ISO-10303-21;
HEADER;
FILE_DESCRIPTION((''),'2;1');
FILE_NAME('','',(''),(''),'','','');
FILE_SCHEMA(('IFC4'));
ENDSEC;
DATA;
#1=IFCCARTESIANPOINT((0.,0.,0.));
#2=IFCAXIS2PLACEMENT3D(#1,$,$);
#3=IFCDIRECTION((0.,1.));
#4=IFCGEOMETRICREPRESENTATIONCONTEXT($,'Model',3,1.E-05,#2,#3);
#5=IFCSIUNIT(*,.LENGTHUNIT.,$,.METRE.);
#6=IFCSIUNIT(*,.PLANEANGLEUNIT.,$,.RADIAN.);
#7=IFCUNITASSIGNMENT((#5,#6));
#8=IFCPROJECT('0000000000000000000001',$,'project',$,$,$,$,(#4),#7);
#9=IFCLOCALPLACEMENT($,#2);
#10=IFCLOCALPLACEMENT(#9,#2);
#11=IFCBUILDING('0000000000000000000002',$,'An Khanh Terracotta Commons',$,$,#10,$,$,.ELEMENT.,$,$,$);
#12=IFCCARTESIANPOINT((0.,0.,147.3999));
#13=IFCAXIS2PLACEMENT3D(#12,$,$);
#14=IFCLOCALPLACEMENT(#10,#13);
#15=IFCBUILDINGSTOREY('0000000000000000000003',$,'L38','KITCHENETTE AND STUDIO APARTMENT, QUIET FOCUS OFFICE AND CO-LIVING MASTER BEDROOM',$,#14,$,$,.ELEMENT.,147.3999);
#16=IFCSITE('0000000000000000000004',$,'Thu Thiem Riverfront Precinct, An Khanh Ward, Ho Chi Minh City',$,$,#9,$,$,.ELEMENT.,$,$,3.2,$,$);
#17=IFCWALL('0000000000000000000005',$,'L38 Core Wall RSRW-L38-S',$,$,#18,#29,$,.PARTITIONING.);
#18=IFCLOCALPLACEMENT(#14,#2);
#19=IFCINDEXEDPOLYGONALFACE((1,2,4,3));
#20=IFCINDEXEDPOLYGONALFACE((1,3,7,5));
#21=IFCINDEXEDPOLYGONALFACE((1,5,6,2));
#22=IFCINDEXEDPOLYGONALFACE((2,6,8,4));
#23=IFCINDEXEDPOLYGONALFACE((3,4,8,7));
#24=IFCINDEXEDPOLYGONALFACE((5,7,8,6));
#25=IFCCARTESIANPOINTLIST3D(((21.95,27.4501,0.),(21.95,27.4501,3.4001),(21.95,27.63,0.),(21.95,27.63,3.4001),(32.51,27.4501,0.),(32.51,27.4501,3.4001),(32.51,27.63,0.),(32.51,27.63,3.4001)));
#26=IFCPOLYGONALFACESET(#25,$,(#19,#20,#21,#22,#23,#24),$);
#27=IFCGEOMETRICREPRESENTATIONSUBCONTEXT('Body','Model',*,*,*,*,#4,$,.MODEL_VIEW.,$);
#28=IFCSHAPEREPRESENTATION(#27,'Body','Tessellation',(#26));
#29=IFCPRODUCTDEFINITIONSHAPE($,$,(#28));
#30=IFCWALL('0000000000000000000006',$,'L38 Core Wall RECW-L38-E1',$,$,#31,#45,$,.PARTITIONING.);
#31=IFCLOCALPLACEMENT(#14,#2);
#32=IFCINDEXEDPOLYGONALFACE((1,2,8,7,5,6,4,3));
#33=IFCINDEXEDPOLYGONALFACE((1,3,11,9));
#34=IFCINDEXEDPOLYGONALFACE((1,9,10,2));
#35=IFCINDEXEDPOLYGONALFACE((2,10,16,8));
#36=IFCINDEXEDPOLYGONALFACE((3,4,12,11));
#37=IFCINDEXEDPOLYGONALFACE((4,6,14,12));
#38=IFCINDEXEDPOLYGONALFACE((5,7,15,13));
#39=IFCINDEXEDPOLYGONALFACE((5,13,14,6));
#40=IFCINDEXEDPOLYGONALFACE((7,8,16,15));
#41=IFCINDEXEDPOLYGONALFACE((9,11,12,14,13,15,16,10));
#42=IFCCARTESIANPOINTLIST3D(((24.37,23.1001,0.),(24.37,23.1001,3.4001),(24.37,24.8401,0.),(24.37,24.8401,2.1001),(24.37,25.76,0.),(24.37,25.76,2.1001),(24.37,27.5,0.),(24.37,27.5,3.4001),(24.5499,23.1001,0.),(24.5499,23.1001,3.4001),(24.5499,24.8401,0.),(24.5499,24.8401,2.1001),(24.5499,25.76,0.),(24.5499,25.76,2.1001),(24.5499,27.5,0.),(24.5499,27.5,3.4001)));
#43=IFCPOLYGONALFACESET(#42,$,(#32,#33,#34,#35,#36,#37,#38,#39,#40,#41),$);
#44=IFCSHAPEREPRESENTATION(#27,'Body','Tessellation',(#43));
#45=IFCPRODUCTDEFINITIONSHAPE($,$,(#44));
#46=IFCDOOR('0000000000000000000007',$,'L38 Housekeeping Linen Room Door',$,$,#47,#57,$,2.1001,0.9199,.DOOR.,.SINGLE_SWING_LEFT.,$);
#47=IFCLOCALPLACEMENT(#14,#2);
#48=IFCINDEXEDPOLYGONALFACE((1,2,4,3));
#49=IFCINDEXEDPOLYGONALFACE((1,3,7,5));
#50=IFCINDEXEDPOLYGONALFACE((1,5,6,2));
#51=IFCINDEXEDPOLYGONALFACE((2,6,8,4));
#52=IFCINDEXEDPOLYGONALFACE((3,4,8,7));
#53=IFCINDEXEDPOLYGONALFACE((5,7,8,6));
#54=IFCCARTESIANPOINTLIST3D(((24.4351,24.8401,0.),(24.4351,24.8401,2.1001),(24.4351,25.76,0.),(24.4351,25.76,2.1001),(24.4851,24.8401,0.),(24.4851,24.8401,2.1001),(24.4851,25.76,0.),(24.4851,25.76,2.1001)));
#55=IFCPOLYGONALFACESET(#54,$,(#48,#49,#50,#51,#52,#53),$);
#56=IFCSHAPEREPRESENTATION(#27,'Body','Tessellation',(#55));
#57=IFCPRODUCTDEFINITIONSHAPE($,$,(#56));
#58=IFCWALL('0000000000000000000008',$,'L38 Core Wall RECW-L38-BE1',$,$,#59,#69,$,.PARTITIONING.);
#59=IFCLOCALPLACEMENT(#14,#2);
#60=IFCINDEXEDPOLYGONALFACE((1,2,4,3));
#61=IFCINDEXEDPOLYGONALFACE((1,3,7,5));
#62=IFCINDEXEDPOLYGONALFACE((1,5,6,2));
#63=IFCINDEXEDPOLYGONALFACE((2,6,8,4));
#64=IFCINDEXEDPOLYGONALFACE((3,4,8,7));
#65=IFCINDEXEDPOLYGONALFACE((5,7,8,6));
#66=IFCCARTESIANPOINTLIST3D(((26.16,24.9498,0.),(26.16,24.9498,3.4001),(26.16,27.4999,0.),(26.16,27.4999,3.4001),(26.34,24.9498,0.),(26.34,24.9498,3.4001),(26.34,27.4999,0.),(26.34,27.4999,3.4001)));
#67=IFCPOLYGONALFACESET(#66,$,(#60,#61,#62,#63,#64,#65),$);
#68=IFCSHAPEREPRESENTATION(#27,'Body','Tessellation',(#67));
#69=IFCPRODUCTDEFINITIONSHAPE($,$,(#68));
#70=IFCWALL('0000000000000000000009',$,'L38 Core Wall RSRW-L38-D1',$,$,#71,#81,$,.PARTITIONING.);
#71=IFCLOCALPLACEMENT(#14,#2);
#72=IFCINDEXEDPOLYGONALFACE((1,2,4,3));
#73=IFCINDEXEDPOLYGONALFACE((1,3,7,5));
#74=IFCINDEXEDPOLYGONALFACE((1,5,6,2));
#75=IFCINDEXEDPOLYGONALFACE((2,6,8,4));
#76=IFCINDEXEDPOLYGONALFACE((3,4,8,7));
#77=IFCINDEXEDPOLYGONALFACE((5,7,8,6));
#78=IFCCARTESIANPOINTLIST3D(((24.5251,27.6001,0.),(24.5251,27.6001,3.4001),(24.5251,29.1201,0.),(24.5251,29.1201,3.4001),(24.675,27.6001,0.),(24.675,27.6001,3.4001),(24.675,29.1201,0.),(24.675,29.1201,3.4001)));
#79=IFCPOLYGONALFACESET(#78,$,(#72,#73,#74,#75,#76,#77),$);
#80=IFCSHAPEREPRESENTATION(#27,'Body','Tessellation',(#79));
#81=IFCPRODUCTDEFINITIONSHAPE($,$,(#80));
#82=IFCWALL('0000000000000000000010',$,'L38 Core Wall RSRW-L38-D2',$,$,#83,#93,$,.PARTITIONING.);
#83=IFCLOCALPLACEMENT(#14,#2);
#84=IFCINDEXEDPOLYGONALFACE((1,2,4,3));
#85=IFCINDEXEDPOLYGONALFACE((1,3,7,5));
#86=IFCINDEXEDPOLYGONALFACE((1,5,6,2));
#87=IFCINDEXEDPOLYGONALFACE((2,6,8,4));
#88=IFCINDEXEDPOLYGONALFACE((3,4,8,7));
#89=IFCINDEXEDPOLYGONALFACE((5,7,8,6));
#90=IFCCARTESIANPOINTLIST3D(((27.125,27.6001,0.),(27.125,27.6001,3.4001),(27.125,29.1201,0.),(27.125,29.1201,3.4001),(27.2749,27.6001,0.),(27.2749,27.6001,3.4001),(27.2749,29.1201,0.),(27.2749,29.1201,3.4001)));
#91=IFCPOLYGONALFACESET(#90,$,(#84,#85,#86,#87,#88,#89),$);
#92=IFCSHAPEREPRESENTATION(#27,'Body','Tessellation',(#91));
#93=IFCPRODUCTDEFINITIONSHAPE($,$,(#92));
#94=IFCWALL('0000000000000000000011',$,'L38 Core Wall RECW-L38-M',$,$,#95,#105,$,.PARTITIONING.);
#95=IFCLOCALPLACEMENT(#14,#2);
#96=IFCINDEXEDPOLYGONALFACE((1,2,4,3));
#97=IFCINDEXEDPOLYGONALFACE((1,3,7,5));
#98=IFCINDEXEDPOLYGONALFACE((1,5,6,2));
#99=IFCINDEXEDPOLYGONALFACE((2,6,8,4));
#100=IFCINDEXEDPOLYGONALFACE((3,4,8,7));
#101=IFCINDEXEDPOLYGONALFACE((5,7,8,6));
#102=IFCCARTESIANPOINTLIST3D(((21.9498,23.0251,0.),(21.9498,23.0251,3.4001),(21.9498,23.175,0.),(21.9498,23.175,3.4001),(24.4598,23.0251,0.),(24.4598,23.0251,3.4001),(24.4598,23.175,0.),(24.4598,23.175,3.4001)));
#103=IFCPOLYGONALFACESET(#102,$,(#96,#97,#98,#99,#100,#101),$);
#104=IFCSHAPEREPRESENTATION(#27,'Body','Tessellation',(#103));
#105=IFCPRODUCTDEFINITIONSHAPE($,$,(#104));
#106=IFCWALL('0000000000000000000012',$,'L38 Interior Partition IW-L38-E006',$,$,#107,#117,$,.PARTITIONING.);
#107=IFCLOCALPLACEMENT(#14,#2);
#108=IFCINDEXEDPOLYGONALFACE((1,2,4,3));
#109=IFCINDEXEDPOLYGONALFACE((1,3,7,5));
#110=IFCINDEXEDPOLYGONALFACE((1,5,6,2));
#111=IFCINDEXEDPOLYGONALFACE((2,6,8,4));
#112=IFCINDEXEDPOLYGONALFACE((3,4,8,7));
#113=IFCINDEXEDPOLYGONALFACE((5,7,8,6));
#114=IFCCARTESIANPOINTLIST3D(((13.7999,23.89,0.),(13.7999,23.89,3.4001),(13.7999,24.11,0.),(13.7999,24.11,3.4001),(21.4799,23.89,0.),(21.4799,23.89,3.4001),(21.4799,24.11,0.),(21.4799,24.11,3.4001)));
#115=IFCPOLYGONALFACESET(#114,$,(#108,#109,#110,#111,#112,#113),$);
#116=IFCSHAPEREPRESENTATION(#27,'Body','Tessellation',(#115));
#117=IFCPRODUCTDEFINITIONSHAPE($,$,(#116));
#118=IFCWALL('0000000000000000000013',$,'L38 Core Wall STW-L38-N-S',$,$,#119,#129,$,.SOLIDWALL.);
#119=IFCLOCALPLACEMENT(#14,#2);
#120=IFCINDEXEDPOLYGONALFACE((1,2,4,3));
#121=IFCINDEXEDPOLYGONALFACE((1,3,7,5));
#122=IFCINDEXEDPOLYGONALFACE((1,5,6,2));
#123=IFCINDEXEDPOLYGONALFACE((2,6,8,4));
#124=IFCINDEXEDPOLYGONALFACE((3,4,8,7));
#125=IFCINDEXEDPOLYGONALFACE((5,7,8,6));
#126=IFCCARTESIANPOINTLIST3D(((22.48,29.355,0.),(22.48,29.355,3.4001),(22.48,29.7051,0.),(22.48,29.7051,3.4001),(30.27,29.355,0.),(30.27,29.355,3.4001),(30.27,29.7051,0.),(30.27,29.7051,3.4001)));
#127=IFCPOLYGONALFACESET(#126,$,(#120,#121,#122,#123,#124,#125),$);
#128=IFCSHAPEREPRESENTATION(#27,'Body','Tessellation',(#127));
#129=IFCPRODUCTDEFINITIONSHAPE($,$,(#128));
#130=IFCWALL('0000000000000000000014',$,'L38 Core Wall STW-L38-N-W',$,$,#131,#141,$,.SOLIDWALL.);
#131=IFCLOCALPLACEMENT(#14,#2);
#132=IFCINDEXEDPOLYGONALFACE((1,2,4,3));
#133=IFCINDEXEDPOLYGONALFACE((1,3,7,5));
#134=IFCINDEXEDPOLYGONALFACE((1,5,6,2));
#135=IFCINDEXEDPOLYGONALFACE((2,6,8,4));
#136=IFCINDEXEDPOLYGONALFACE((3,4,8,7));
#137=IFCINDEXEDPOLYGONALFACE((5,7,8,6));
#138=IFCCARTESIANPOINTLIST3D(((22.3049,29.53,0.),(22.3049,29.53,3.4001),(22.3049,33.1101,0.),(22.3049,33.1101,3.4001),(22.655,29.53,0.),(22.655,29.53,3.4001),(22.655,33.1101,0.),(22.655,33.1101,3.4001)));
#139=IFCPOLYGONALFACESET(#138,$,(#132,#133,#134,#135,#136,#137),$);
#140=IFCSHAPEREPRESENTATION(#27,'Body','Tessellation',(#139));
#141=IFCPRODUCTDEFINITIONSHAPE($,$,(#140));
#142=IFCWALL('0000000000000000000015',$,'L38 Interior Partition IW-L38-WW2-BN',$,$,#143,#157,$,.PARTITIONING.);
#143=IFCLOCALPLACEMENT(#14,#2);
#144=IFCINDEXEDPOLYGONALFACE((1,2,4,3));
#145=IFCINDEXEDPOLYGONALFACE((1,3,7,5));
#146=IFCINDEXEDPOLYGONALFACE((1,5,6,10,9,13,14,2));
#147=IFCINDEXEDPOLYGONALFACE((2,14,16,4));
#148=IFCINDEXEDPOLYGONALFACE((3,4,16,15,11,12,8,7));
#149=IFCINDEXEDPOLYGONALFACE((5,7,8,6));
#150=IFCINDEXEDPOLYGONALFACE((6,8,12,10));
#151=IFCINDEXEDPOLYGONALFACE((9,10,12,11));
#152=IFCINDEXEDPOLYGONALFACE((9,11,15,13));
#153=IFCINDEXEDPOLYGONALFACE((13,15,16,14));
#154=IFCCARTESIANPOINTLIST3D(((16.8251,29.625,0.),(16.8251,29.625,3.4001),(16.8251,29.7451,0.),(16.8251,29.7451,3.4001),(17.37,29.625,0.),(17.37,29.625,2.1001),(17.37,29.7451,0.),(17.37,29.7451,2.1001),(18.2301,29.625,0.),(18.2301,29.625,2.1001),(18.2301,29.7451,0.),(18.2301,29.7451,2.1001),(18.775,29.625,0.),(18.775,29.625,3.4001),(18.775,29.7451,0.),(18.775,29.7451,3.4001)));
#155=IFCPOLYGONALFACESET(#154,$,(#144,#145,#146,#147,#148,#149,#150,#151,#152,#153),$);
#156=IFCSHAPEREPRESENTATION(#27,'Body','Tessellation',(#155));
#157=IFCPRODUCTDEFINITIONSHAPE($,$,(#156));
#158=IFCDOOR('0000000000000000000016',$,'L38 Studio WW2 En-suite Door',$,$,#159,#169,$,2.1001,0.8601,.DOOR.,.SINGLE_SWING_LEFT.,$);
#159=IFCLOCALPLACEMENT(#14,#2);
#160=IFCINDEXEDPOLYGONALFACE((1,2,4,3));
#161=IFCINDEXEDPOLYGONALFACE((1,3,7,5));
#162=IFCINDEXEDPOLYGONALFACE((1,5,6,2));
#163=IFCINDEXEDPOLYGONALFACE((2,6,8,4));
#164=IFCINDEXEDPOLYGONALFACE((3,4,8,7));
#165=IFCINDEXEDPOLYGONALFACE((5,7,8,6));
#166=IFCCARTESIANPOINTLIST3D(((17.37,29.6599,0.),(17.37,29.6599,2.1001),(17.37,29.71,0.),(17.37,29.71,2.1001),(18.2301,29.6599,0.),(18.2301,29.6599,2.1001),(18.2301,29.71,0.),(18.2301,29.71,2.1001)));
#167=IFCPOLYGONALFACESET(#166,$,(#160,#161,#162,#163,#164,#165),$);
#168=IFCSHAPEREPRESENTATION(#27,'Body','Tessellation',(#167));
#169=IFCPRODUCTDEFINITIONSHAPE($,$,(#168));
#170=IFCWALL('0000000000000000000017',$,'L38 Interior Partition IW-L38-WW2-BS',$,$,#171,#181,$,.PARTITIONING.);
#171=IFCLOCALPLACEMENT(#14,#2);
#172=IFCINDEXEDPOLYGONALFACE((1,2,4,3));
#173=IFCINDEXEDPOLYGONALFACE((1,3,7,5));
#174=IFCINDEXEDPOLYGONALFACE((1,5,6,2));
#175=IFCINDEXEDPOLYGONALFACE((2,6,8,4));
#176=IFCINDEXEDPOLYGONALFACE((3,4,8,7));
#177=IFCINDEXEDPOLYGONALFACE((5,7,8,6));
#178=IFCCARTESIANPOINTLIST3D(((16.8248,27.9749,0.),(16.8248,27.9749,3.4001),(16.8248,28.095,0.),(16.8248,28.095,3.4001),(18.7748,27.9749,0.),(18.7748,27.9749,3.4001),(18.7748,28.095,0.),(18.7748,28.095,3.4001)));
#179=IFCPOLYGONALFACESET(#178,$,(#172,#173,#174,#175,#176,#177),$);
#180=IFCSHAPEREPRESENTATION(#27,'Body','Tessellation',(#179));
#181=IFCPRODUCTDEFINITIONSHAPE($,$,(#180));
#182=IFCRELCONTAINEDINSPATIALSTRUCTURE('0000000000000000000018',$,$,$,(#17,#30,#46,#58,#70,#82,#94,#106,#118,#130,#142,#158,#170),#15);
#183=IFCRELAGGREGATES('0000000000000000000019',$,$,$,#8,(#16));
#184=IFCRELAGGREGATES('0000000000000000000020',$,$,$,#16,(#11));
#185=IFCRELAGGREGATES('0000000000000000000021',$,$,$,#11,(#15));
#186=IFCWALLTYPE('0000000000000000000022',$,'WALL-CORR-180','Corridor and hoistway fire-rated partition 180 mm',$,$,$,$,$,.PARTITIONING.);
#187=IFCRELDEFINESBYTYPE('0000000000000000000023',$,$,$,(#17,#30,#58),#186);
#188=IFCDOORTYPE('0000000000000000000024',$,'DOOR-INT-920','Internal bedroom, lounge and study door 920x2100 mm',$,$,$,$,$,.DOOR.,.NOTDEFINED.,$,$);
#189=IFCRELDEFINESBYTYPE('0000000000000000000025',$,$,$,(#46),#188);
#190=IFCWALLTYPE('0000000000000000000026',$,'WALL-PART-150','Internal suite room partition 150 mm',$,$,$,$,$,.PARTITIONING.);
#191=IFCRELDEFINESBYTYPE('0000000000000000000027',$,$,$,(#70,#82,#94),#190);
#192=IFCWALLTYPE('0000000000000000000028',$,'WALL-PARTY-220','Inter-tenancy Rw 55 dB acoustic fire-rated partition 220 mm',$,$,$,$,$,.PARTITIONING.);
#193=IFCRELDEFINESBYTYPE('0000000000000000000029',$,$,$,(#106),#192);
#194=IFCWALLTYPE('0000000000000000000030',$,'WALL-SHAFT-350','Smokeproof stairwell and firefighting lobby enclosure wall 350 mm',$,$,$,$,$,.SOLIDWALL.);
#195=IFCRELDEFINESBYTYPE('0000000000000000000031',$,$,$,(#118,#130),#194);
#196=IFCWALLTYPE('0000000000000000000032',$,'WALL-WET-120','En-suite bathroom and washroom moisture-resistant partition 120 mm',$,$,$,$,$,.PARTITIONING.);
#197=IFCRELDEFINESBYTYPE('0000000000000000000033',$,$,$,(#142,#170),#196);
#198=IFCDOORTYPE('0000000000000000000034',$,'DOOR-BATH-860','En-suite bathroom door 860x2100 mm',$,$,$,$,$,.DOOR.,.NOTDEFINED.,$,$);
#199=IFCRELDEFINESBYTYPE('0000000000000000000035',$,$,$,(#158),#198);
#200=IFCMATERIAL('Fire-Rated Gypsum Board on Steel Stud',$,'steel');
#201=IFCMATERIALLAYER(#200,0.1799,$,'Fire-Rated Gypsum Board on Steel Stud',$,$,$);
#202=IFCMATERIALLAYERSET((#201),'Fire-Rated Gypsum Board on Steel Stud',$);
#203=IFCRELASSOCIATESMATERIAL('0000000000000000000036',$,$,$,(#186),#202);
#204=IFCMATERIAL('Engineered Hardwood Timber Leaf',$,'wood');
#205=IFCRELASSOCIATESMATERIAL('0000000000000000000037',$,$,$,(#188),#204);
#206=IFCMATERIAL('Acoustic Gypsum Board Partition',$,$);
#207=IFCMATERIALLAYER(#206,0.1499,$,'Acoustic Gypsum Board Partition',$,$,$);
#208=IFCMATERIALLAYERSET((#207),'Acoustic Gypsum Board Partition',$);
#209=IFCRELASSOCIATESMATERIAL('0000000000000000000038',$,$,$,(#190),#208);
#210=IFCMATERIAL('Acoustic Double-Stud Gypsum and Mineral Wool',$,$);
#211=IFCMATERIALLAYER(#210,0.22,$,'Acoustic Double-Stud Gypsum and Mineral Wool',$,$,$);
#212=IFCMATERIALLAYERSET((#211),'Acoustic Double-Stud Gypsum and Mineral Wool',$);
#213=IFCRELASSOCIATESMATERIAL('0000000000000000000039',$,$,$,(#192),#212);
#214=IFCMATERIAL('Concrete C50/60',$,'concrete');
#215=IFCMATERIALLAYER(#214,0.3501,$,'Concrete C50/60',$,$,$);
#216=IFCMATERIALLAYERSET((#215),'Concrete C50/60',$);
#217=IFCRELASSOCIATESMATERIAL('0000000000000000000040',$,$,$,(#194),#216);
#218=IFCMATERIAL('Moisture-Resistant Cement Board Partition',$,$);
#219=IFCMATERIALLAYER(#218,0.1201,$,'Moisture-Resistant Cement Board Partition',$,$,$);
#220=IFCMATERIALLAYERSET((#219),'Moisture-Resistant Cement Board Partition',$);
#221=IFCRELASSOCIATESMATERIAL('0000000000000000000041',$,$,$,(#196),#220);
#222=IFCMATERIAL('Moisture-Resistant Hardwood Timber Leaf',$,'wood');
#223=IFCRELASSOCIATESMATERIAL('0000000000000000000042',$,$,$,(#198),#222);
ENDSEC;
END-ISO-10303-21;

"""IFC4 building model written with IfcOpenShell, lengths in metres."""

from ifc_helpers import new_model, si_unit, direction, frame, frame_2d, origin, place, context, subcontext, project, spatial, rectangle, extrude, material, layer, layer_set, type_object, element, fill, save


model = new_model("IFC4")

# Units and contexts
model_context = context("Model", 3, precision=1e-05, world=origin(), true_north=direction((0.0, 1.0)))
body_context = subcontext(model_context, "Body", "Model", "MODEL_VIEW")
ifc_project = project(units=[si_unit("LENGTHUNIT", "METRE"), si_unit("PLANEANGLEUNIT", "RADIAN")], contexts=[model_context])

# Site, building, storey
site_placement = place(None, origin())
site = spatial("IfcSite", under=ifc_project, at=site_placement, Name="Thu Thiem Riverfront Precinct, An Khanh Ward, Ho Chi Minh City", CompositionType="ELEMENT", RefElevation=3.2)
building_placement = place(site_placement, origin())
building = spatial("IfcBuilding", under=site, at=building_placement, Name="An Khanh Terracotta Commons", CompositionType="ELEMENT")
storey_placement = place(building_placement, frame((0.0, 0.0, 147.3999)))
storey = spatial("IfcBuildingStorey", under=building, at=storey_placement, Name="L38", Description="KITCHENETTE AND STUDIO APARTMENT, QUIET FOCUS OFFICE AND CO-LIVING MASTER BEDROOM", CompositionType="ELEMENT", Elevation=147.3999)

# Wall
ifc_material_1 = material(Name="Fire-Rated Gypsum Board on Steel Stud", Category="steel")
ifc_layer_1 = layer(ifc_material_1, 0.1799, Name="Fire-Rated Gypsum Board on Steel Stud")
ifc_layer_set_1 = layer_set([ifc_layer_1], Name="Fire-Rated Gypsum Board on Steel Stud")
wall_type_1 = type_object("IfcWallType", Name="WALL-CORR-180", Description="Corridor and hoistway fire-rated partition 180 mm", PredefinedType="PARTITIONING", material=ifc_layer_set_1)
wall_1_placement = place(storey_placement, frame((21.95, 27.54, 0.0), z_axis=(0.0, 0.0, 1.0), x_axis=(1.0, 0.0, 0.0)))
element("IfcWall", 1, at=wall_1_placement, inside=storey, type_object=wall_type_1, Name="L38 Core Wall RSRW-L38-S", PredefinedType="PARTITIONING", context=body_context, shape_type="SweptSolid", body=[
    extrude(rectangle(XDim=10.5601, YDim=0.1799, at=frame_2d((5.28, 0.0))), origin(), (0.0, 0.0, 1.0), 3.4001),
])

# Wall, opening, door
wall_2_placement = place(storey_placement, frame((24.46, 23.1001, 0.0), z_axis=(0.0, 0.0, 1.0), x_axis=(0.0, 1.0, 0.0)))
wall_2 = element("IfcWall", 2, at=wall_2_placement, inside=storey, type_object=wall_type_1, Name="L38 Core Wall RECW-L38-E1", PredefinedType="PARTITIONING", context=body_context, shape_type="SweptSolid", body=[
    extrude(rectangle(XDim=4.3999, YDim=0.1799, at=frame_2d((2.2, 0.0))), origin(), (0.0, 0.0, 1.0), 3.4001),
])
opening_1_placement = place(wall_2_placement, frame((1.74, 0.0, 0.0)))
opening_1 = element("IfcOpeningElement", 3, at=opening_1_placement, cuts=wall_2, PredefinedType="OPENING", context=body_context, shape_type="SweptSolid", body=[
    extrude(rectangle(XDim=0.9199, YDim=2.1001, at=frame_2d((0.46, 1.05))), frame((0.0, 0.0999, 0.0), z_axis=(0.0, -1.0, 0.0), x_axis=(1.0, 0.0, 0.0)), (0.0, 0.0, 1.0), 0.2),
])
ifc_material_2 = material(Name="Engineered Hardwood Timber Leaf", Category="wood")
door_type_1 = type_object("IfcDoorType", Name="DOOR-INT-920", Description="Internal bedroom, lounge and study door 920x2100 mm", OperationType="NOTDEFINED", PredefinedType="DOOR", material=ifc_material_2)
door_1_placement = place(opening_1_placement, origin())
door_1 = element("IfcDoor", 4, at=door_1_placement, inside=storey, type_object=door_type_1, Name="L38 Housekeeping Linen Room Door", OperationType="SINGLE_SWING_LEFT", OverallHeight=2.1001, OverallWidth=0.9199, PredefinedType="DOOR", context=body_context, shape_type="SweptSolid", body=[
    extrude(rectangle(XDim=0.9199, YDim=2.1001, at=frame_2d((0.46, 1.05))), frame((0.0, 0.0249, 0.0), z_axis=(0.0, -1.0, 0.0), x_axis=(1.0, 0.0, 0.0)), (0.0, 0.0, 1.0), 0.05),
])
fill(opening_1, door_1)

# Walls
wall_3_placement = place(storey_placement, frame((26.25, 24.95, 0.0), z_axis=(0.0, 0.0, 1.0), x_axis=(0.0, 1.0, 0.0)))
element("IfcWall", 5, at=wall_3_placement, inside=storey, type_object=wall_type_1, Name="L38 Core Wall RECW-L38-BE1", PredefinedType="PARTITIONING", context=body_context, shape_type="SweptSolid", body=[
    extrude(rectangle(XDim=2.55, YDim=0.1799, at=frame_2d((1.2749, 0.0))), origin(), (0.0, 0.0, 1.0), 3.4001),
])
ifc_material_3 = material(Name="Acoustic Gypsum Board Partition")
ifc_layer_2 = layer(ifc_material_3, 0.1499, Name="Acoustic Gypsum Board Partition")
ifc_layer_set_2 = layer_set([ifc_layer_2], Name="Acoustic Gypsum Board Partition")
wall_type_2 = type_object("IfcWallType", Name="WALL-PART-150", Description="Internal suite room partition 150 mm", PredefinedType="PARTITIONING", material=ifc_layer_set_2)
for number, where, z_axis, x_axis, name in (
    (6, (24.6001, 27.6001, 0.0), (0.0, 0.0, 1.0), (0.0, 1.0, 0.0), "L38 Core Wall RSRW-L38-D1"),
    (7, (27.2, 27.6001, 0.0), (0.0, 0.0, 1.0), (0.0, 1.0, 0.0), "L38 Core Wall RSRW-L38-D2"),
):
    element("IfcWall", number, at=place(storey_placement, frame(where, z_axis=z_axis, x_axis=x_axis)), inside=storey, type_object=wall_type_2, Name=name, PredefinedType="PARTITIONING", context=body_context, shape_type="SweptSolid", body=[
        extrude(rectangle(XDim=1.52, YDim=0.1499, at=frame_2d((0.76, 0.0))), origin(), (0.0, 0.0, 1.0), 3.4001),
    ])
wall_4_placement = place(storey_placement, frame((21.95, 23.1001, 0.0), z_axis=(0.0, 0.0, 1.0), x_axis=(1.0, 0.0, 0.0)))
element("IfcWall", 8, at=wall_4_placement, inside=storey, type_object=wall_type_2, Name="L38 Core Wall RECW-L38-M", PredefinedType="PARTITIONING", context=body_context, shape_type="SweptSolid", body=[
    extrude(rectangle(XDim=2.51, YDim=0.1499, at=frame_2d((1.2549, 0.0))), origin(), (0.0, 0.0, 1.0), 3.4001),
])
ifc_material_4 = material(Name="Acoustic Double-Stud Gypsum and Mineral Wool")
ifc_layer_3 = layer(ifc_material_4, 0.22, Name="Acoustic Double-Stud Gypsum and Mineral Wool")
ifc_layer_set_3 = layer_set([ifc_layer_3], Name="Acoustic Double-Stud Gypsum and Mineral Wool")
wall_type_3 = type_object("IfcWallType", Name="WALL-PARTY-220", Description="Inter-tenancy Rw 55 dB acoustic fire-rated partition 220 mm", PredefinedType="PARTITIONING", material=ifc_layer_set_3)
wall_5_placement = place(storey_placement, frame((13.8, 24.0, 0.0), z_axis=(0.0, 0.0, 1.0), x_axis=(1.0, 0.0, 0.0)))
element("IfcWall", 9, at=wall_5_placement, inside=storey, type_object=wall_type_3, Name="L38 Interior Partition IW-L38-E006", PredefinedType="PARTITIONING", context=body_context, shape_type="SweptSolid", body=[
    extrude(rectangle(XDim=7.6799, YDim=0.22, at=frame_2d((3.8398, 0.0))), origin(), (0.0, 0.0, 1.0), 3.4001),
])
ifc_material_5 = material(Name="Concrete C50/60", Category="concrete")
ifc_layer_4 = layer(ifc_material_5, 0.3501, Name="Concrete C50/60")
ifc_layer_set_4 = layer_set([ifc_layer_4], Name="Concrete C50/60")
wall_type_4 = type_object("IfcWallType", Name="WALL-SHAFT-350", Description="Smokeproof stairwell and firefighting lobby enclosure wall 350 mm", PredefinedType="SOLIDWALL", material=ifc_layer_set_4)
wall_6_placement = place(storey_placement, frame((22.48, 29.53, 0.0), z_axis=(0.0, 0.0, 1.0), x_axis=(1.0, 0.0, 0.0)))
element("IfcWall", 10, at=wall_6_placement, inside=storey, type_object=wall_type_4, Name="L38 Core Wall STW-L38-N-S", PredefinedType="SOLIDWALL", context=body_context, shape_type="SweptSolid", body=[
    extrude(rectangle(XDim=7.79, YDim=0.3501, at=frame_2d((3.895, 0.0))), origin(), (0.0, 0.0, 1.0), 3.4001),
])
wall_7_placement = place(storey_placement, frame((22.48, 29.53, 0.0), z_axis=(0.0, 0.0, 1.0), x_axis=(0.0, 1.0, 0.0)))
element("IfcWall", 11, at=wall_7_placement, inside=storey, type_object=wall_type_4, Name="L38 Core Wall STW-L38-N-W", PredefinedType="SOLIDWALL", context=body_context, shape_type="SweptSolid", body=[
    extrude(rectangle(XDim=3.5801, YDim=0.3501, at=frame_2d((1.79, 0.0))), origin(), (0.0, 0.0, 1.0), 3.4001),
])

# Wall, opening, door
ifc_material_6 = material(Name="Moisture-Resistant Cement Board Partition")
ifc_layer_5 = layer(ifc_material_6, 0.1201, Name="Moisture-Resistant Cement Board Partition")
ifc_layer_set_5 = layer_set([ifc_layer_5], Name="Moisture-Resistant Cement Board Partition")
wall_type_5 = type_object("IfcWallType", Name="WALL-WET-120", Description="En-suite bathroom and washroom moisture-resistant partition 120 mm", PredefinedType="PARTITIONING", material=ifc_layer_set_5)
wall_8_placement = place(storey_placement, frame((16.825, 29.6851, 0.0), z_axis=(0.0, 0.0, 1.0), x_axis=(1.0, 0.0, 0.0)))
wall_8 = element("IfcWall", 12, at=wall_8_placement, inside=storey, type_object=wall_type_5, Name="L38 Interior Partition IW-L38-WW2-BN", PredefinedType="PARTITIONING", context=body_context, shape_type="SweptSolid", body=[
    extrude(rectangle(XDim=1.95, YDim=0.1201, at=frame_2d((0.9751, 0.0))), origin(), (0.0, 0.0, 1.0), 3.4001),
])
opening_2_placement = place(wall_8_placement, frame((0.5449, 0.0, 0.0)))
opening_2 = element("IfcOpeningElement", 13, at=opening_2_placement, cuts=wall_8, PredefinedType="OPENING", context=body_context, shape_type="SweptSolid", body=[
    extrude(rectangle(XDim=0.8601, YDim=2.1001, at=frame_2d((0.4302, 1.05))), frame((0.0, 0.0701, 0.0), z_axis=(0.0, -1.0, 0.0), x_axis=(1.0, 0.0, 0.0)), (0.0, 0.0, 1.0), 0.1401),
])
ifc_material_7 = material(Name="Moisture-Resistant Hardwood Timber Leaf", Category="wood")
door_type_2 = type_object("IfcDoorType", Name="DOOR-BATH-860", Description="En-suite bathroom door 860x2100 mm", OperationType="NOTDEFINED", PredefinedType="DOOR", material=ifc_material_7)
door_2_placement = place(opening_2_placement, origin())
door_2 = element("IfcDoor", 14, at=door_2_placement, inside=storey, type_object=door_type_2, Name="L38 Studio WW2 En-suite Door", OperationType="SINGLE_SWING_LEFT", OverallHeight=2.1001, OverallWidth=0.8601, PredefinedType="DOOR", context=body_context, shape_type="SweptSolid", body=[
    extrude(rectangle(XDim=0.8601, YDim=2.1001, at=frame_2d((0.4302, 1.05))), frame((0.0, 0.0249, 0.0), z_axis=(0.0, -1.0, 0.0), x_axis=(1.0, 0.0, 0.0)), (0.0, 0.0, 1.0), 0.05),
])
fill(opening_2, door_2)

# Wall
wall_9_placement = place(storey_placement, frame((18.7749, 28.0349, 0.0), z_axis=(0.0, 0.0, 1.0), x_axis=(-1.0, 0.0, 0.0)))
element("IfcWall", 15, at=wall_9_placement, inside=storey, type_object=wall_type_5, Name="L38 Interior Partition IW-L38-WW2-BS", PredefinedType="PARTITIONING", context=body_context, shape_type="SweptSolid", body=[
    extrude(rectangle(XDim=1.95, YDim=0.1201, at=frame_2d((0.9751, 0.0))), origin(), (0.0, 0.0, 1.0), 3.4001),
])

save(model, "model.ifc")
